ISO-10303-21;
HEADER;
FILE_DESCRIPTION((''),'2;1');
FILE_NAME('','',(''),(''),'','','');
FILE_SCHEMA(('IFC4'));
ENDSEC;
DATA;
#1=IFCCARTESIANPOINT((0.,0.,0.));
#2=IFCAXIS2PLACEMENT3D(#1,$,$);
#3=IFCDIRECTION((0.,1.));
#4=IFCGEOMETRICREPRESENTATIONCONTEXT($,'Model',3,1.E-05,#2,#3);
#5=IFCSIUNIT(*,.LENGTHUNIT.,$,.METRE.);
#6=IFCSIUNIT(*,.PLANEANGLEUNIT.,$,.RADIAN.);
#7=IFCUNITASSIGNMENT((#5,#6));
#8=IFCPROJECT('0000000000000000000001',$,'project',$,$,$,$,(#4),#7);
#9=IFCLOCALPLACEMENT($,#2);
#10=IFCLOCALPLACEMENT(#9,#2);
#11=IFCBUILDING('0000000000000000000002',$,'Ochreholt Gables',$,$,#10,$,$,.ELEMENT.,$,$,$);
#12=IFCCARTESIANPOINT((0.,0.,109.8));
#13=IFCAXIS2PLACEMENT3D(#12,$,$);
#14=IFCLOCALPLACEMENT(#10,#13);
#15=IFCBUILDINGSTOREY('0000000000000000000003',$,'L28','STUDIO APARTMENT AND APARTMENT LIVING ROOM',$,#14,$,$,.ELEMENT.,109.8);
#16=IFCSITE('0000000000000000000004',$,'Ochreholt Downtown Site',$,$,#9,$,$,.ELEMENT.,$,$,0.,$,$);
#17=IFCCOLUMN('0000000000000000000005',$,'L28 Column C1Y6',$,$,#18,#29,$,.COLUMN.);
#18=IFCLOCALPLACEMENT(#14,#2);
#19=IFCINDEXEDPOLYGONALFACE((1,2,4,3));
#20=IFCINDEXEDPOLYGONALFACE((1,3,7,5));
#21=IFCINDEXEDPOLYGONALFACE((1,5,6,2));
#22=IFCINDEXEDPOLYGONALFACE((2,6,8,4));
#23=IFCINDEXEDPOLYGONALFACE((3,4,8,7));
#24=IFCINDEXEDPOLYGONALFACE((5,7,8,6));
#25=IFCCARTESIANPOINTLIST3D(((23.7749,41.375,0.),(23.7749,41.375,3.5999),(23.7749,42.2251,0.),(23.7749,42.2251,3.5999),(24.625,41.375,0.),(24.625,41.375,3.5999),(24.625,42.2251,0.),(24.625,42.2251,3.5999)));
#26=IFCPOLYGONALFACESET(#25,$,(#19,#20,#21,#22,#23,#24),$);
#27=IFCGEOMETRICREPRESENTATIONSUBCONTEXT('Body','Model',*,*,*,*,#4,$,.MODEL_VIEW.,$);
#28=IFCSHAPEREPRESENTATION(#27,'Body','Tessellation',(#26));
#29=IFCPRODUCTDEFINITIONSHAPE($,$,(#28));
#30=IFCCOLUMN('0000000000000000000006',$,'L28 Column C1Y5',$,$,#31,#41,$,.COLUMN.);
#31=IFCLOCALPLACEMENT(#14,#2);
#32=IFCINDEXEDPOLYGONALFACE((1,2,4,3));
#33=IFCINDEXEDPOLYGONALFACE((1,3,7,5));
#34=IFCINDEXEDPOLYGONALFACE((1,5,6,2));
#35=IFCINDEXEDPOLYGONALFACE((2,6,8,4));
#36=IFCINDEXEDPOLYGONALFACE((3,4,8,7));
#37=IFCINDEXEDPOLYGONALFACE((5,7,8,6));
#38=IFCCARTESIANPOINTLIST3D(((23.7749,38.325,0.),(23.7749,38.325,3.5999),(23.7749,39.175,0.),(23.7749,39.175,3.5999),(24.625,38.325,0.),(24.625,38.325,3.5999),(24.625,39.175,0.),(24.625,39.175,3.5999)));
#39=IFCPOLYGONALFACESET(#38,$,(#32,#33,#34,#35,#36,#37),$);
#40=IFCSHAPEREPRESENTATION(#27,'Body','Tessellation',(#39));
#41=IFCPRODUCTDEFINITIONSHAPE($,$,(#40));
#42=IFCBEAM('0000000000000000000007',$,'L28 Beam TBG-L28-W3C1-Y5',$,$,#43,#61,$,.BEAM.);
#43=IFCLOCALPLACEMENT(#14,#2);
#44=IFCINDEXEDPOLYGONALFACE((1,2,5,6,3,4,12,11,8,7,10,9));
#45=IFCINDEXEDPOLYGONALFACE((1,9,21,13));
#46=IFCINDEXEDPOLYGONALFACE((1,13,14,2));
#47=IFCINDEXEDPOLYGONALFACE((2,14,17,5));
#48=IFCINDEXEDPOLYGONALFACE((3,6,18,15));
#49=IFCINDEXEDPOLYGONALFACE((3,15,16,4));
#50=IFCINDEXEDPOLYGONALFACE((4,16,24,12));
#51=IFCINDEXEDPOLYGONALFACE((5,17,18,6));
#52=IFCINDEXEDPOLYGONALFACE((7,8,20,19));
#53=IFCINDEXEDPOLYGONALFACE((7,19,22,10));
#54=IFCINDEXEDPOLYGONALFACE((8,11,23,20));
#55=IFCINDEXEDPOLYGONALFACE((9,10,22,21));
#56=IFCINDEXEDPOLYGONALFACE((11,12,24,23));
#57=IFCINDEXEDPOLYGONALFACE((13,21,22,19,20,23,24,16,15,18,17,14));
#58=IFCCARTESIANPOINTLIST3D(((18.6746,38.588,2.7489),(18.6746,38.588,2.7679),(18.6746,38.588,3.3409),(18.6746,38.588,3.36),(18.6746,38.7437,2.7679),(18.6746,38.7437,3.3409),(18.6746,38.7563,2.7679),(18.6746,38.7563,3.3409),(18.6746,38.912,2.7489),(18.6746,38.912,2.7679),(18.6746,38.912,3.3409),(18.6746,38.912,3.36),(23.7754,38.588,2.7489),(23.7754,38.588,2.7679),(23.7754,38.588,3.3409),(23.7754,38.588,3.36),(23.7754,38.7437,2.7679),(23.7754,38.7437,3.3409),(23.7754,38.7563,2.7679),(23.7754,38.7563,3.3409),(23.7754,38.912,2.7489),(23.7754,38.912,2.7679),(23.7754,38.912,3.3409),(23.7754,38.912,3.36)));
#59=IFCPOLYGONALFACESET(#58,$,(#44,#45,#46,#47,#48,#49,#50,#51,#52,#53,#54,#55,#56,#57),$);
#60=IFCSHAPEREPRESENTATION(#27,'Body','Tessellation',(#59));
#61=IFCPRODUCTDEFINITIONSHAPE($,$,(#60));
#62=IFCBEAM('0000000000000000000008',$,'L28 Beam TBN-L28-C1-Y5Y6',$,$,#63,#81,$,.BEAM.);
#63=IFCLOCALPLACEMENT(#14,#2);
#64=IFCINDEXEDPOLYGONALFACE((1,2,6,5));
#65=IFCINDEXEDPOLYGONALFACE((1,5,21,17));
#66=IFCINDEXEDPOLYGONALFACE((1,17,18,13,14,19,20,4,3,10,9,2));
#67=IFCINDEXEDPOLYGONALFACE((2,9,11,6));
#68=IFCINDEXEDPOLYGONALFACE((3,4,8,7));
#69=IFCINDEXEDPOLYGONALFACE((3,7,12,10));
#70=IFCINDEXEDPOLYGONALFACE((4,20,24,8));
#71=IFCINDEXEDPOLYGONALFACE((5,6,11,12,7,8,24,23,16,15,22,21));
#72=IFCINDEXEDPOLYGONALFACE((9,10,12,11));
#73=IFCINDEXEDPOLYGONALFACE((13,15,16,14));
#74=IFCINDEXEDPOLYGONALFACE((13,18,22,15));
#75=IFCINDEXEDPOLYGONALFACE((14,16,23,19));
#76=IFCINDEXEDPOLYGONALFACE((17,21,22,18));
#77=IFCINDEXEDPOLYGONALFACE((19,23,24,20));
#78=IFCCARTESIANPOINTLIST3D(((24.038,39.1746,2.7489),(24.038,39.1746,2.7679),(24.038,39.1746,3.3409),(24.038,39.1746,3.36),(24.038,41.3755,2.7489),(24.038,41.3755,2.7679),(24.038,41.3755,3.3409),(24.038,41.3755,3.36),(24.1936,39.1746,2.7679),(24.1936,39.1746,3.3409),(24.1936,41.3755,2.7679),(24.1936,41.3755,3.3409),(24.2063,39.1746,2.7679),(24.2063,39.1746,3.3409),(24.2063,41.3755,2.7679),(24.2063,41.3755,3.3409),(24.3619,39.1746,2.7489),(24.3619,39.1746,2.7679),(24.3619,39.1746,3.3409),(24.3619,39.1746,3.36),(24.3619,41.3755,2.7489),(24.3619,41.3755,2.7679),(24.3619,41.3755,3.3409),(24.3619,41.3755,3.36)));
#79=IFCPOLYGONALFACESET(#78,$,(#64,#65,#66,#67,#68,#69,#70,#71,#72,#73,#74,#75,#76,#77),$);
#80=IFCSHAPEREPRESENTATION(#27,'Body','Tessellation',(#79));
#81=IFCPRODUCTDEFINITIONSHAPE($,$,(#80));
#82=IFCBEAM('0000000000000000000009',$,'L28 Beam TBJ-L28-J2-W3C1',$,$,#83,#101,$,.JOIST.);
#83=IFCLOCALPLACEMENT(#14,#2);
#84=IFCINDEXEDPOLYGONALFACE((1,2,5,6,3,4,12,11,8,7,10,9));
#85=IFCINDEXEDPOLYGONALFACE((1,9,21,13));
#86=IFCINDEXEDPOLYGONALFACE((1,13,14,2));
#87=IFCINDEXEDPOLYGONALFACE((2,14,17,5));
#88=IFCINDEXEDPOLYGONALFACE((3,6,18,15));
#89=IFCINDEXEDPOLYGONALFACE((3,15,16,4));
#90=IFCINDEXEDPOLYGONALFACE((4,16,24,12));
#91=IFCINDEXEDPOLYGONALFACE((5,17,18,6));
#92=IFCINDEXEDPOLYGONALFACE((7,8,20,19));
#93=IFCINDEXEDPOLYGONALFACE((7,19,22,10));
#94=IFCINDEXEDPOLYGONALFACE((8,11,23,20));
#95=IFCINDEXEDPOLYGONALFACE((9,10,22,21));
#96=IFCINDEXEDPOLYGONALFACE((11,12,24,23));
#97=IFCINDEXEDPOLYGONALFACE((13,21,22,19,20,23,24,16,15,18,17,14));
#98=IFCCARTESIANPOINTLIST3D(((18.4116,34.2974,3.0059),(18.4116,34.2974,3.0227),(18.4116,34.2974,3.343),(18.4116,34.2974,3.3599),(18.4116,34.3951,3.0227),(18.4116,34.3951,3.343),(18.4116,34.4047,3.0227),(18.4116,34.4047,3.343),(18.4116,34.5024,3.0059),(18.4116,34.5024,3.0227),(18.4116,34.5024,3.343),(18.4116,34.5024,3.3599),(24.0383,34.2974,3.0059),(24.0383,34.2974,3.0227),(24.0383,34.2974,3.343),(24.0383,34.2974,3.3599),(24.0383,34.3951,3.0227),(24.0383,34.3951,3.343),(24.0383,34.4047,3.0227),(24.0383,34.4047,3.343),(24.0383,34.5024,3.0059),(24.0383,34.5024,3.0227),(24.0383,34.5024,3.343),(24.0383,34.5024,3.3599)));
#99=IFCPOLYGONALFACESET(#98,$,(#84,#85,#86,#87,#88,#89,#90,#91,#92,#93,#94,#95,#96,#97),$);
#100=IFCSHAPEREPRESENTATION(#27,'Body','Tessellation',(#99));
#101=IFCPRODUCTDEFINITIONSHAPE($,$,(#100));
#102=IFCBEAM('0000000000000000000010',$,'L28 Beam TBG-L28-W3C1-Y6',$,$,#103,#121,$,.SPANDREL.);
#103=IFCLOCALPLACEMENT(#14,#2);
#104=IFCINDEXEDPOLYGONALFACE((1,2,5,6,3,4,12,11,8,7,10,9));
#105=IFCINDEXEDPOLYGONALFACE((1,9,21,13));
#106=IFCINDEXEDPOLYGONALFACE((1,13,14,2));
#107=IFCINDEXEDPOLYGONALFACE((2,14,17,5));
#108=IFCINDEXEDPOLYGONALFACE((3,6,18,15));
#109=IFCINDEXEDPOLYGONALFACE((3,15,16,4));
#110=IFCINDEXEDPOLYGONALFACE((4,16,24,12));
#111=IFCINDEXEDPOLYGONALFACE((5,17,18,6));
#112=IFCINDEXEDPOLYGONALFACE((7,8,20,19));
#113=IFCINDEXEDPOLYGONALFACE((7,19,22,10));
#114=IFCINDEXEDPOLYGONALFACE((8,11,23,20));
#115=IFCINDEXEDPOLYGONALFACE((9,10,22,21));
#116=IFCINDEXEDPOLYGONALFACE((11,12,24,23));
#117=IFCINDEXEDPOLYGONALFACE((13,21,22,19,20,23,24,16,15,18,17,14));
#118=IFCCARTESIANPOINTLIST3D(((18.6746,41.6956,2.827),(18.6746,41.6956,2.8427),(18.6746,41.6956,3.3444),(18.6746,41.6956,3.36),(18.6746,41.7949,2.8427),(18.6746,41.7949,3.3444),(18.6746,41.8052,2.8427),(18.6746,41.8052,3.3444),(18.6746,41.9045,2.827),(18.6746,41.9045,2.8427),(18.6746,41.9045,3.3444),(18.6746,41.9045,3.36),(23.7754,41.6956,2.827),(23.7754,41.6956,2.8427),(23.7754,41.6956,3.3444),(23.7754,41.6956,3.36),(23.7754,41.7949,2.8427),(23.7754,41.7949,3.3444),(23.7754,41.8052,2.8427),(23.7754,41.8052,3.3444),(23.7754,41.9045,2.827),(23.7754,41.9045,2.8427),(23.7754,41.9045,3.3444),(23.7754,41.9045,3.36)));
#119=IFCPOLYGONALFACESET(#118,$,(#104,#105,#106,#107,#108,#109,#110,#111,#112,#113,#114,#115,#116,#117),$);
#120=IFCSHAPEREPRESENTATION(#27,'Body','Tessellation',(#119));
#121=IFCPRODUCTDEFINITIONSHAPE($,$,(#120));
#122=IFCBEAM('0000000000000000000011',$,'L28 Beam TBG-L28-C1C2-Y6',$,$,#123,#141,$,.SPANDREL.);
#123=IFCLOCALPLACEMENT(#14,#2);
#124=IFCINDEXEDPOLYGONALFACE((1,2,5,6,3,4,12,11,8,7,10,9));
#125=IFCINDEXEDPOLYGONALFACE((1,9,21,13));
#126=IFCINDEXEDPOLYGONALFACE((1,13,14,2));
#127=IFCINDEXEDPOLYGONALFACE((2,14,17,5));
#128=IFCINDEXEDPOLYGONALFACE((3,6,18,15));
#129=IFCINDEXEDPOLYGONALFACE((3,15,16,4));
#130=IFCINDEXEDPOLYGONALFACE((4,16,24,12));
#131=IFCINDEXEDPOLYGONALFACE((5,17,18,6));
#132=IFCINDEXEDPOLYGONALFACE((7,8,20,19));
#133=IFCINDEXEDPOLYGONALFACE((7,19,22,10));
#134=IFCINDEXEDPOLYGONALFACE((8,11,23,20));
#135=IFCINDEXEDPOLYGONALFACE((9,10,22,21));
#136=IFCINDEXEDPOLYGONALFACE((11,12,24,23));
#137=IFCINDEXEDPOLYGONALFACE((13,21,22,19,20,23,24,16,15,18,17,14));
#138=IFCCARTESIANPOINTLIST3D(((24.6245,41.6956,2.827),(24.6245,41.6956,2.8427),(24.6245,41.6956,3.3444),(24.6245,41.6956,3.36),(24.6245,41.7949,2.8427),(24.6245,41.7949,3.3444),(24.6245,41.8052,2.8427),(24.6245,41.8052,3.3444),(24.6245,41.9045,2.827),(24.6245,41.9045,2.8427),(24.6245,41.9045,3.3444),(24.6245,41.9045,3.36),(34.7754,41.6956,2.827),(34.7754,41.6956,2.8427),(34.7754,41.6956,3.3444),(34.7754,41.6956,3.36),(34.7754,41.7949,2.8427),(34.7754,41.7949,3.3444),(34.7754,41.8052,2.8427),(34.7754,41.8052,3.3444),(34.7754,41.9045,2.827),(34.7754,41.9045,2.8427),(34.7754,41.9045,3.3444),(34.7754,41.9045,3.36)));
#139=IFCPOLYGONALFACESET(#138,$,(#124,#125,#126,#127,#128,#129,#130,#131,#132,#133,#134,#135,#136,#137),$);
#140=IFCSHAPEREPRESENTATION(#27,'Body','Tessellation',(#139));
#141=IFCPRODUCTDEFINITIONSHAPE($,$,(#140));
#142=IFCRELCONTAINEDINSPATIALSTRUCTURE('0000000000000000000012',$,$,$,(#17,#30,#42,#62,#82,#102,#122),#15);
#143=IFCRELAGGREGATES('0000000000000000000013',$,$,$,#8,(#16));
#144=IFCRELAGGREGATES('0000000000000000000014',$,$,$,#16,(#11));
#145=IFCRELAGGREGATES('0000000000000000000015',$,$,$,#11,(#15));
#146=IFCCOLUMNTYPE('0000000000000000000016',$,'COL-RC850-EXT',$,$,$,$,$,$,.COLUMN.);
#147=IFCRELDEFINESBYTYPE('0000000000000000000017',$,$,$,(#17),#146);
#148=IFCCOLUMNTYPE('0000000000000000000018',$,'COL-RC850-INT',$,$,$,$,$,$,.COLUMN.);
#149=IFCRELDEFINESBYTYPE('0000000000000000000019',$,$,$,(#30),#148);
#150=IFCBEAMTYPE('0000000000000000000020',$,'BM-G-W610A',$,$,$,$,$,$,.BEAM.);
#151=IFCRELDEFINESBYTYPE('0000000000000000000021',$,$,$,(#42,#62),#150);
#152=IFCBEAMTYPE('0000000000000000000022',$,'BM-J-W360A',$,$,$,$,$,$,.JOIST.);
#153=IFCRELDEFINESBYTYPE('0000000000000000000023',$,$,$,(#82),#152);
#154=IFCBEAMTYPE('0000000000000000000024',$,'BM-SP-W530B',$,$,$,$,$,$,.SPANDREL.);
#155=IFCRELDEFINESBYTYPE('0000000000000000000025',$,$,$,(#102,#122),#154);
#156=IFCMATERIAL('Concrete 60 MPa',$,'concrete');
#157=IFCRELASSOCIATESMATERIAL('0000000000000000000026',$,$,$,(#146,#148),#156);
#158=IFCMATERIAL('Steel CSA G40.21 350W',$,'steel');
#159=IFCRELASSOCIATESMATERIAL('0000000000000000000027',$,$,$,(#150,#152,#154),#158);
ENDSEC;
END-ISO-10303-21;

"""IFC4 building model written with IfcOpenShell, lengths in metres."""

from ifc_helpers import new_model, si_unit, direction, frame, origin, origin_2d, place, context, subcontext, project, spatial, rectangle, i_section, extrude, material, material_profile, profile_set, type_object, element, save


model = new_model("IFC4")

# Units and contexts
model_context = context("Model", 3, precision=1e-05, world=origin(), true_north=direction((0.0, 1.0)))
body_context = subcontext(model_context, "Body", "Model", "MODEL_VIEW")
ifc_project = project(units=[si_unit("LENGTHUNIT", "METRE"), si_unit("PLANEANGLEUNIT", "RADIAN")], contexts=[model_context])

# Site, building, storey
site_placement = place(None, origin())
site = spatial("IfcSite", under=ifc_project, at=site_placement, Name="Ochreholt Downtown Site", CompositionType="ELEMENT", RefElevation=0.0)
building_placement = place(site_placement, origin())
building = spatial("IfcBuilding", under=site, at=building_placement, Name="Ochreholt Gables", CompositionType="ELEMENT")
storey_placement = place(building_placement, frame((0.0, 0.0, 109.8)))
storey = spatial("IfcBuildingStorey", under=building, at=storey_placement, Name="L28", Description="STUDIO APARTMENT AND APARTMENT LIVING ROOM", CompositionType="ELEMENT", Elevation=109.8)

# Columns
ifc_material_1 = material(Name="Concrete 60 MPa", Category="concrete")
ifc_material_profile_1 = material_profile(ifc_material_1, rectangle(XDim=0.8501, YDim=0.8501, at=origin_2d()), Name="RC850X850")
ifc_profile_set_1 = profile_set([ifc_material_profile_1], Name="Concrete 60 MPa")
column_type_1 = type_object("IfcColumnType", Name="COL-RC850-EXT", PredefinedType="COLUMN", material=ifc_profile_set_1)
column_1_placement = place(storey_placement, frame((24.2, 41.8, 0.0), z_axis=(0.0, 0.0, 1.0), x_axis=(1.0, 0.0, 0.0)))
element("IfcColumn", 1, at=column_1_placement, inside=storey, type_object=column_type_1, Name="L28 Column C1Y6", PredefinedType="COLUMN", context=body_context, shape_type="SweptSolid", body=[
    extrude(rectangle(XDim=0.8501, YDim=0.8501, at=origin_2d()), origin(), (0.0, 0.0, 1.0), 3.5999),
])
ifc_material_profile_2 = material_profile(ifc_material_1, rectangle(XDim=0.8501, YDim=0.8501, at=origin_2d()), Name="RC850X850")
ifc_profile_set_2 = profile_set([ifc_material_profile_2], Name="Concrete 60 MPa")
column_type_2 = type_object("IfcColumnType", Name="COL-RC850-INT", PredefinedType="COLUMN", material=ifc_profile_set_2)
column_2_placement = place(storey_placement, frame((24.2, 38.75, 0.0), z_axis=(0.0, 0.0, 1.0), x_axis=(1.0, 0.0, 0.0)))
element("IfcColumn", 2, at=column_2_placement, inside=storey, type_object=column_type_2, Name="L28 Column C1Y5", PredefinedType="COLUMN", context=body_context, shape_type="SweptSolid", body=[
    extrude(rectangle(XDim=0.8501, YDim=0.8501, at=origin_2d()), origin(), (0.0, 0.0, 1.0), 3.5999),
])

# Beams
ifc_material_2 = material(Name="Steel CSA G40.21 350W", Category="steel")
ifc_material_profile_3 = material_profile(ifc_material_2, i_section(OverallWidth=0.324, OverallDepth=0.6111, WebThickness=0.0127, FlangeThickness=0.019, at=origin_2d()), Name="W610X155")
ifc_profile_set_3 = profile_set([ifc_material_profile_3], Name="Steel CSA G40.21 350W")
beam_type_1 = type_object("IfcBeamType", Name="BM-G-W610A", PredefinedType="BEAM", material=ifc_profile_set_3)
beam_1_placement = place(storey_placement, frame((18.6746, 38.75, 3.0544), z_axis=(1.0, 0.0, 0.0), x_axis=(0.0, 1.0, 0.0)))
element("IfcBeam", 3, at=beam_1_placement, inside=storey, type_object=beam_type_1, Name="L28 Beam TBG-L28-W3C1-Y5", PredefinedType="BEAM", context=body_context, shape_type="SweptSolid", body=[
    extrude(i_section(OverallWidth=0.324, OverallDepth=0.6111, WebThickness=0.0127, FlangeThickness=0.019, at=origin_2d()), origin(), (0.0, 0.0, 1.0), 5.1008),
])
beam_2_placement = place(storey_placement, frame((24.2, 39.1746, 3.0544), z_axis=(0.0, 1.0, 0.0), x_axis=(-1.0, 0.0, 0.0)))
element("IfcBeam", 4, at=beam_2_placement, inside=storey, type_object=beam_type_1, Name="L28 Beam TBN-L28-C1-Y5Y6", PredefinedType="BEAM", context=body_context, shape_type="SweptSolid", body=[
    extrude(i_section(OverallWidth=0.324, OverallDepth=0.6111, WebThickness=0.0127, FlangeThickness=0.019, at=origin_2d()), origin(), (0.0, 0.0, 1.0), 2.2009),
])
ifc_material_profile_4 = material_profile(ifc_material_2, i_section(OverallWidth=0.2051, OverallDepth=0.354, WebThickness=0.0095, FlangeThickness=0.0168, at=origin_2d()), Name="W360X79")
ifc_profile_set_4 = profile_set([ifc_material_profile_4], Name="Steel CSA G40.21 350W")
beam_type_2 = type_object("IfcBeamType", Name="BM-J-W360A", PredefinedType="JOIST", material=ifc_profile_set_4)
beam_3_placement = place(storey_placement, frame((18.4116, 34.3999, 3.1829), z_axis=(1.0, 0.0, 0.0), x_axis=(0.0, 1.0, 0.0)))
element("IfcBeam", 5, at=beam_3_placement, inside=storey, type_object=beam_type_2, Name="L28 Beam TBJ-L28-J2-W3C1", PredefinedType="JOIST", context=body_context, shape_type="SweptSolid", body=[
    extrude(i_section(OverallWidth=0.2051, OverallDepth=0.354, WebThickness=0.0095, FlangeThickness=0.0168, at=origin_2d()), origin(), (0.0, 0.0, 1.0), 5.6267),
])
ifc_material_profile_5 = material_profile(ifc_material_2, i_section(OverallWidth=0.209, OverallDepth=0.533, WebThickness=0.0103, FlangeThickness=0.0156, at=origin_2d()), Name="W530X92")
ifc_profile_set_5 = profile_set([ifc_material_profile_5], Name="Steel CSA G40.21 350W")
beam_type_3 = type_object("IfcBeamType", Name="BM-SP-W530B", PredefinedType="SPANDREL", material=ifc_profile_set_5)
beam_4_placement = place(storey_placement, frame((18.6746, 41.8, 3.0935), z_axis=(1.0, 0.0, 0.0), x_axis=(0.0, 1.0, 0.0)))
element("IfcBeam", 6, at=beam_4_placement, inside=storey, type_object=beam_type_3, Name="L28 Beam TBG-L28-W3C1-Y6", PredefinedType="SPANDREL", context=body_context, shape_type="SweptSolid", body=[
    extrude(i_section(OverallWidth=0.209, OverallDepth=0.533, WebThickness=0.0103, FlangeThickness=0.0156, at=origin_2d()), origin(), (0.0, 0.0, 1.0), 5.1008),
])
beam_5_placement = place(storey_placement, frame((24.6245, 41.8, 3.0935), z_axis=(1.0, 0.0, 0.0), x_axis=(0.0, 1.0, 0.0)))
element("IfcBeam", 7, at=beam_5_placement, inside=storey, type_object=beam_type_3, Name="L28 Beam TBG-L28-C1C2-Y6", PredefinedType="SPANDREL", context=body_context, shape_type="SweptSolid", body=[
    extrude(i_section(OverallWidth=0.209, OverallDepth=0.533, WebThickness=0.0103, FlangeThickness=0.0156, at=origin_2d()), origin(), (0.0, 0.0, 1.0), 10.1509),
])

save(model, "model.ifc")
